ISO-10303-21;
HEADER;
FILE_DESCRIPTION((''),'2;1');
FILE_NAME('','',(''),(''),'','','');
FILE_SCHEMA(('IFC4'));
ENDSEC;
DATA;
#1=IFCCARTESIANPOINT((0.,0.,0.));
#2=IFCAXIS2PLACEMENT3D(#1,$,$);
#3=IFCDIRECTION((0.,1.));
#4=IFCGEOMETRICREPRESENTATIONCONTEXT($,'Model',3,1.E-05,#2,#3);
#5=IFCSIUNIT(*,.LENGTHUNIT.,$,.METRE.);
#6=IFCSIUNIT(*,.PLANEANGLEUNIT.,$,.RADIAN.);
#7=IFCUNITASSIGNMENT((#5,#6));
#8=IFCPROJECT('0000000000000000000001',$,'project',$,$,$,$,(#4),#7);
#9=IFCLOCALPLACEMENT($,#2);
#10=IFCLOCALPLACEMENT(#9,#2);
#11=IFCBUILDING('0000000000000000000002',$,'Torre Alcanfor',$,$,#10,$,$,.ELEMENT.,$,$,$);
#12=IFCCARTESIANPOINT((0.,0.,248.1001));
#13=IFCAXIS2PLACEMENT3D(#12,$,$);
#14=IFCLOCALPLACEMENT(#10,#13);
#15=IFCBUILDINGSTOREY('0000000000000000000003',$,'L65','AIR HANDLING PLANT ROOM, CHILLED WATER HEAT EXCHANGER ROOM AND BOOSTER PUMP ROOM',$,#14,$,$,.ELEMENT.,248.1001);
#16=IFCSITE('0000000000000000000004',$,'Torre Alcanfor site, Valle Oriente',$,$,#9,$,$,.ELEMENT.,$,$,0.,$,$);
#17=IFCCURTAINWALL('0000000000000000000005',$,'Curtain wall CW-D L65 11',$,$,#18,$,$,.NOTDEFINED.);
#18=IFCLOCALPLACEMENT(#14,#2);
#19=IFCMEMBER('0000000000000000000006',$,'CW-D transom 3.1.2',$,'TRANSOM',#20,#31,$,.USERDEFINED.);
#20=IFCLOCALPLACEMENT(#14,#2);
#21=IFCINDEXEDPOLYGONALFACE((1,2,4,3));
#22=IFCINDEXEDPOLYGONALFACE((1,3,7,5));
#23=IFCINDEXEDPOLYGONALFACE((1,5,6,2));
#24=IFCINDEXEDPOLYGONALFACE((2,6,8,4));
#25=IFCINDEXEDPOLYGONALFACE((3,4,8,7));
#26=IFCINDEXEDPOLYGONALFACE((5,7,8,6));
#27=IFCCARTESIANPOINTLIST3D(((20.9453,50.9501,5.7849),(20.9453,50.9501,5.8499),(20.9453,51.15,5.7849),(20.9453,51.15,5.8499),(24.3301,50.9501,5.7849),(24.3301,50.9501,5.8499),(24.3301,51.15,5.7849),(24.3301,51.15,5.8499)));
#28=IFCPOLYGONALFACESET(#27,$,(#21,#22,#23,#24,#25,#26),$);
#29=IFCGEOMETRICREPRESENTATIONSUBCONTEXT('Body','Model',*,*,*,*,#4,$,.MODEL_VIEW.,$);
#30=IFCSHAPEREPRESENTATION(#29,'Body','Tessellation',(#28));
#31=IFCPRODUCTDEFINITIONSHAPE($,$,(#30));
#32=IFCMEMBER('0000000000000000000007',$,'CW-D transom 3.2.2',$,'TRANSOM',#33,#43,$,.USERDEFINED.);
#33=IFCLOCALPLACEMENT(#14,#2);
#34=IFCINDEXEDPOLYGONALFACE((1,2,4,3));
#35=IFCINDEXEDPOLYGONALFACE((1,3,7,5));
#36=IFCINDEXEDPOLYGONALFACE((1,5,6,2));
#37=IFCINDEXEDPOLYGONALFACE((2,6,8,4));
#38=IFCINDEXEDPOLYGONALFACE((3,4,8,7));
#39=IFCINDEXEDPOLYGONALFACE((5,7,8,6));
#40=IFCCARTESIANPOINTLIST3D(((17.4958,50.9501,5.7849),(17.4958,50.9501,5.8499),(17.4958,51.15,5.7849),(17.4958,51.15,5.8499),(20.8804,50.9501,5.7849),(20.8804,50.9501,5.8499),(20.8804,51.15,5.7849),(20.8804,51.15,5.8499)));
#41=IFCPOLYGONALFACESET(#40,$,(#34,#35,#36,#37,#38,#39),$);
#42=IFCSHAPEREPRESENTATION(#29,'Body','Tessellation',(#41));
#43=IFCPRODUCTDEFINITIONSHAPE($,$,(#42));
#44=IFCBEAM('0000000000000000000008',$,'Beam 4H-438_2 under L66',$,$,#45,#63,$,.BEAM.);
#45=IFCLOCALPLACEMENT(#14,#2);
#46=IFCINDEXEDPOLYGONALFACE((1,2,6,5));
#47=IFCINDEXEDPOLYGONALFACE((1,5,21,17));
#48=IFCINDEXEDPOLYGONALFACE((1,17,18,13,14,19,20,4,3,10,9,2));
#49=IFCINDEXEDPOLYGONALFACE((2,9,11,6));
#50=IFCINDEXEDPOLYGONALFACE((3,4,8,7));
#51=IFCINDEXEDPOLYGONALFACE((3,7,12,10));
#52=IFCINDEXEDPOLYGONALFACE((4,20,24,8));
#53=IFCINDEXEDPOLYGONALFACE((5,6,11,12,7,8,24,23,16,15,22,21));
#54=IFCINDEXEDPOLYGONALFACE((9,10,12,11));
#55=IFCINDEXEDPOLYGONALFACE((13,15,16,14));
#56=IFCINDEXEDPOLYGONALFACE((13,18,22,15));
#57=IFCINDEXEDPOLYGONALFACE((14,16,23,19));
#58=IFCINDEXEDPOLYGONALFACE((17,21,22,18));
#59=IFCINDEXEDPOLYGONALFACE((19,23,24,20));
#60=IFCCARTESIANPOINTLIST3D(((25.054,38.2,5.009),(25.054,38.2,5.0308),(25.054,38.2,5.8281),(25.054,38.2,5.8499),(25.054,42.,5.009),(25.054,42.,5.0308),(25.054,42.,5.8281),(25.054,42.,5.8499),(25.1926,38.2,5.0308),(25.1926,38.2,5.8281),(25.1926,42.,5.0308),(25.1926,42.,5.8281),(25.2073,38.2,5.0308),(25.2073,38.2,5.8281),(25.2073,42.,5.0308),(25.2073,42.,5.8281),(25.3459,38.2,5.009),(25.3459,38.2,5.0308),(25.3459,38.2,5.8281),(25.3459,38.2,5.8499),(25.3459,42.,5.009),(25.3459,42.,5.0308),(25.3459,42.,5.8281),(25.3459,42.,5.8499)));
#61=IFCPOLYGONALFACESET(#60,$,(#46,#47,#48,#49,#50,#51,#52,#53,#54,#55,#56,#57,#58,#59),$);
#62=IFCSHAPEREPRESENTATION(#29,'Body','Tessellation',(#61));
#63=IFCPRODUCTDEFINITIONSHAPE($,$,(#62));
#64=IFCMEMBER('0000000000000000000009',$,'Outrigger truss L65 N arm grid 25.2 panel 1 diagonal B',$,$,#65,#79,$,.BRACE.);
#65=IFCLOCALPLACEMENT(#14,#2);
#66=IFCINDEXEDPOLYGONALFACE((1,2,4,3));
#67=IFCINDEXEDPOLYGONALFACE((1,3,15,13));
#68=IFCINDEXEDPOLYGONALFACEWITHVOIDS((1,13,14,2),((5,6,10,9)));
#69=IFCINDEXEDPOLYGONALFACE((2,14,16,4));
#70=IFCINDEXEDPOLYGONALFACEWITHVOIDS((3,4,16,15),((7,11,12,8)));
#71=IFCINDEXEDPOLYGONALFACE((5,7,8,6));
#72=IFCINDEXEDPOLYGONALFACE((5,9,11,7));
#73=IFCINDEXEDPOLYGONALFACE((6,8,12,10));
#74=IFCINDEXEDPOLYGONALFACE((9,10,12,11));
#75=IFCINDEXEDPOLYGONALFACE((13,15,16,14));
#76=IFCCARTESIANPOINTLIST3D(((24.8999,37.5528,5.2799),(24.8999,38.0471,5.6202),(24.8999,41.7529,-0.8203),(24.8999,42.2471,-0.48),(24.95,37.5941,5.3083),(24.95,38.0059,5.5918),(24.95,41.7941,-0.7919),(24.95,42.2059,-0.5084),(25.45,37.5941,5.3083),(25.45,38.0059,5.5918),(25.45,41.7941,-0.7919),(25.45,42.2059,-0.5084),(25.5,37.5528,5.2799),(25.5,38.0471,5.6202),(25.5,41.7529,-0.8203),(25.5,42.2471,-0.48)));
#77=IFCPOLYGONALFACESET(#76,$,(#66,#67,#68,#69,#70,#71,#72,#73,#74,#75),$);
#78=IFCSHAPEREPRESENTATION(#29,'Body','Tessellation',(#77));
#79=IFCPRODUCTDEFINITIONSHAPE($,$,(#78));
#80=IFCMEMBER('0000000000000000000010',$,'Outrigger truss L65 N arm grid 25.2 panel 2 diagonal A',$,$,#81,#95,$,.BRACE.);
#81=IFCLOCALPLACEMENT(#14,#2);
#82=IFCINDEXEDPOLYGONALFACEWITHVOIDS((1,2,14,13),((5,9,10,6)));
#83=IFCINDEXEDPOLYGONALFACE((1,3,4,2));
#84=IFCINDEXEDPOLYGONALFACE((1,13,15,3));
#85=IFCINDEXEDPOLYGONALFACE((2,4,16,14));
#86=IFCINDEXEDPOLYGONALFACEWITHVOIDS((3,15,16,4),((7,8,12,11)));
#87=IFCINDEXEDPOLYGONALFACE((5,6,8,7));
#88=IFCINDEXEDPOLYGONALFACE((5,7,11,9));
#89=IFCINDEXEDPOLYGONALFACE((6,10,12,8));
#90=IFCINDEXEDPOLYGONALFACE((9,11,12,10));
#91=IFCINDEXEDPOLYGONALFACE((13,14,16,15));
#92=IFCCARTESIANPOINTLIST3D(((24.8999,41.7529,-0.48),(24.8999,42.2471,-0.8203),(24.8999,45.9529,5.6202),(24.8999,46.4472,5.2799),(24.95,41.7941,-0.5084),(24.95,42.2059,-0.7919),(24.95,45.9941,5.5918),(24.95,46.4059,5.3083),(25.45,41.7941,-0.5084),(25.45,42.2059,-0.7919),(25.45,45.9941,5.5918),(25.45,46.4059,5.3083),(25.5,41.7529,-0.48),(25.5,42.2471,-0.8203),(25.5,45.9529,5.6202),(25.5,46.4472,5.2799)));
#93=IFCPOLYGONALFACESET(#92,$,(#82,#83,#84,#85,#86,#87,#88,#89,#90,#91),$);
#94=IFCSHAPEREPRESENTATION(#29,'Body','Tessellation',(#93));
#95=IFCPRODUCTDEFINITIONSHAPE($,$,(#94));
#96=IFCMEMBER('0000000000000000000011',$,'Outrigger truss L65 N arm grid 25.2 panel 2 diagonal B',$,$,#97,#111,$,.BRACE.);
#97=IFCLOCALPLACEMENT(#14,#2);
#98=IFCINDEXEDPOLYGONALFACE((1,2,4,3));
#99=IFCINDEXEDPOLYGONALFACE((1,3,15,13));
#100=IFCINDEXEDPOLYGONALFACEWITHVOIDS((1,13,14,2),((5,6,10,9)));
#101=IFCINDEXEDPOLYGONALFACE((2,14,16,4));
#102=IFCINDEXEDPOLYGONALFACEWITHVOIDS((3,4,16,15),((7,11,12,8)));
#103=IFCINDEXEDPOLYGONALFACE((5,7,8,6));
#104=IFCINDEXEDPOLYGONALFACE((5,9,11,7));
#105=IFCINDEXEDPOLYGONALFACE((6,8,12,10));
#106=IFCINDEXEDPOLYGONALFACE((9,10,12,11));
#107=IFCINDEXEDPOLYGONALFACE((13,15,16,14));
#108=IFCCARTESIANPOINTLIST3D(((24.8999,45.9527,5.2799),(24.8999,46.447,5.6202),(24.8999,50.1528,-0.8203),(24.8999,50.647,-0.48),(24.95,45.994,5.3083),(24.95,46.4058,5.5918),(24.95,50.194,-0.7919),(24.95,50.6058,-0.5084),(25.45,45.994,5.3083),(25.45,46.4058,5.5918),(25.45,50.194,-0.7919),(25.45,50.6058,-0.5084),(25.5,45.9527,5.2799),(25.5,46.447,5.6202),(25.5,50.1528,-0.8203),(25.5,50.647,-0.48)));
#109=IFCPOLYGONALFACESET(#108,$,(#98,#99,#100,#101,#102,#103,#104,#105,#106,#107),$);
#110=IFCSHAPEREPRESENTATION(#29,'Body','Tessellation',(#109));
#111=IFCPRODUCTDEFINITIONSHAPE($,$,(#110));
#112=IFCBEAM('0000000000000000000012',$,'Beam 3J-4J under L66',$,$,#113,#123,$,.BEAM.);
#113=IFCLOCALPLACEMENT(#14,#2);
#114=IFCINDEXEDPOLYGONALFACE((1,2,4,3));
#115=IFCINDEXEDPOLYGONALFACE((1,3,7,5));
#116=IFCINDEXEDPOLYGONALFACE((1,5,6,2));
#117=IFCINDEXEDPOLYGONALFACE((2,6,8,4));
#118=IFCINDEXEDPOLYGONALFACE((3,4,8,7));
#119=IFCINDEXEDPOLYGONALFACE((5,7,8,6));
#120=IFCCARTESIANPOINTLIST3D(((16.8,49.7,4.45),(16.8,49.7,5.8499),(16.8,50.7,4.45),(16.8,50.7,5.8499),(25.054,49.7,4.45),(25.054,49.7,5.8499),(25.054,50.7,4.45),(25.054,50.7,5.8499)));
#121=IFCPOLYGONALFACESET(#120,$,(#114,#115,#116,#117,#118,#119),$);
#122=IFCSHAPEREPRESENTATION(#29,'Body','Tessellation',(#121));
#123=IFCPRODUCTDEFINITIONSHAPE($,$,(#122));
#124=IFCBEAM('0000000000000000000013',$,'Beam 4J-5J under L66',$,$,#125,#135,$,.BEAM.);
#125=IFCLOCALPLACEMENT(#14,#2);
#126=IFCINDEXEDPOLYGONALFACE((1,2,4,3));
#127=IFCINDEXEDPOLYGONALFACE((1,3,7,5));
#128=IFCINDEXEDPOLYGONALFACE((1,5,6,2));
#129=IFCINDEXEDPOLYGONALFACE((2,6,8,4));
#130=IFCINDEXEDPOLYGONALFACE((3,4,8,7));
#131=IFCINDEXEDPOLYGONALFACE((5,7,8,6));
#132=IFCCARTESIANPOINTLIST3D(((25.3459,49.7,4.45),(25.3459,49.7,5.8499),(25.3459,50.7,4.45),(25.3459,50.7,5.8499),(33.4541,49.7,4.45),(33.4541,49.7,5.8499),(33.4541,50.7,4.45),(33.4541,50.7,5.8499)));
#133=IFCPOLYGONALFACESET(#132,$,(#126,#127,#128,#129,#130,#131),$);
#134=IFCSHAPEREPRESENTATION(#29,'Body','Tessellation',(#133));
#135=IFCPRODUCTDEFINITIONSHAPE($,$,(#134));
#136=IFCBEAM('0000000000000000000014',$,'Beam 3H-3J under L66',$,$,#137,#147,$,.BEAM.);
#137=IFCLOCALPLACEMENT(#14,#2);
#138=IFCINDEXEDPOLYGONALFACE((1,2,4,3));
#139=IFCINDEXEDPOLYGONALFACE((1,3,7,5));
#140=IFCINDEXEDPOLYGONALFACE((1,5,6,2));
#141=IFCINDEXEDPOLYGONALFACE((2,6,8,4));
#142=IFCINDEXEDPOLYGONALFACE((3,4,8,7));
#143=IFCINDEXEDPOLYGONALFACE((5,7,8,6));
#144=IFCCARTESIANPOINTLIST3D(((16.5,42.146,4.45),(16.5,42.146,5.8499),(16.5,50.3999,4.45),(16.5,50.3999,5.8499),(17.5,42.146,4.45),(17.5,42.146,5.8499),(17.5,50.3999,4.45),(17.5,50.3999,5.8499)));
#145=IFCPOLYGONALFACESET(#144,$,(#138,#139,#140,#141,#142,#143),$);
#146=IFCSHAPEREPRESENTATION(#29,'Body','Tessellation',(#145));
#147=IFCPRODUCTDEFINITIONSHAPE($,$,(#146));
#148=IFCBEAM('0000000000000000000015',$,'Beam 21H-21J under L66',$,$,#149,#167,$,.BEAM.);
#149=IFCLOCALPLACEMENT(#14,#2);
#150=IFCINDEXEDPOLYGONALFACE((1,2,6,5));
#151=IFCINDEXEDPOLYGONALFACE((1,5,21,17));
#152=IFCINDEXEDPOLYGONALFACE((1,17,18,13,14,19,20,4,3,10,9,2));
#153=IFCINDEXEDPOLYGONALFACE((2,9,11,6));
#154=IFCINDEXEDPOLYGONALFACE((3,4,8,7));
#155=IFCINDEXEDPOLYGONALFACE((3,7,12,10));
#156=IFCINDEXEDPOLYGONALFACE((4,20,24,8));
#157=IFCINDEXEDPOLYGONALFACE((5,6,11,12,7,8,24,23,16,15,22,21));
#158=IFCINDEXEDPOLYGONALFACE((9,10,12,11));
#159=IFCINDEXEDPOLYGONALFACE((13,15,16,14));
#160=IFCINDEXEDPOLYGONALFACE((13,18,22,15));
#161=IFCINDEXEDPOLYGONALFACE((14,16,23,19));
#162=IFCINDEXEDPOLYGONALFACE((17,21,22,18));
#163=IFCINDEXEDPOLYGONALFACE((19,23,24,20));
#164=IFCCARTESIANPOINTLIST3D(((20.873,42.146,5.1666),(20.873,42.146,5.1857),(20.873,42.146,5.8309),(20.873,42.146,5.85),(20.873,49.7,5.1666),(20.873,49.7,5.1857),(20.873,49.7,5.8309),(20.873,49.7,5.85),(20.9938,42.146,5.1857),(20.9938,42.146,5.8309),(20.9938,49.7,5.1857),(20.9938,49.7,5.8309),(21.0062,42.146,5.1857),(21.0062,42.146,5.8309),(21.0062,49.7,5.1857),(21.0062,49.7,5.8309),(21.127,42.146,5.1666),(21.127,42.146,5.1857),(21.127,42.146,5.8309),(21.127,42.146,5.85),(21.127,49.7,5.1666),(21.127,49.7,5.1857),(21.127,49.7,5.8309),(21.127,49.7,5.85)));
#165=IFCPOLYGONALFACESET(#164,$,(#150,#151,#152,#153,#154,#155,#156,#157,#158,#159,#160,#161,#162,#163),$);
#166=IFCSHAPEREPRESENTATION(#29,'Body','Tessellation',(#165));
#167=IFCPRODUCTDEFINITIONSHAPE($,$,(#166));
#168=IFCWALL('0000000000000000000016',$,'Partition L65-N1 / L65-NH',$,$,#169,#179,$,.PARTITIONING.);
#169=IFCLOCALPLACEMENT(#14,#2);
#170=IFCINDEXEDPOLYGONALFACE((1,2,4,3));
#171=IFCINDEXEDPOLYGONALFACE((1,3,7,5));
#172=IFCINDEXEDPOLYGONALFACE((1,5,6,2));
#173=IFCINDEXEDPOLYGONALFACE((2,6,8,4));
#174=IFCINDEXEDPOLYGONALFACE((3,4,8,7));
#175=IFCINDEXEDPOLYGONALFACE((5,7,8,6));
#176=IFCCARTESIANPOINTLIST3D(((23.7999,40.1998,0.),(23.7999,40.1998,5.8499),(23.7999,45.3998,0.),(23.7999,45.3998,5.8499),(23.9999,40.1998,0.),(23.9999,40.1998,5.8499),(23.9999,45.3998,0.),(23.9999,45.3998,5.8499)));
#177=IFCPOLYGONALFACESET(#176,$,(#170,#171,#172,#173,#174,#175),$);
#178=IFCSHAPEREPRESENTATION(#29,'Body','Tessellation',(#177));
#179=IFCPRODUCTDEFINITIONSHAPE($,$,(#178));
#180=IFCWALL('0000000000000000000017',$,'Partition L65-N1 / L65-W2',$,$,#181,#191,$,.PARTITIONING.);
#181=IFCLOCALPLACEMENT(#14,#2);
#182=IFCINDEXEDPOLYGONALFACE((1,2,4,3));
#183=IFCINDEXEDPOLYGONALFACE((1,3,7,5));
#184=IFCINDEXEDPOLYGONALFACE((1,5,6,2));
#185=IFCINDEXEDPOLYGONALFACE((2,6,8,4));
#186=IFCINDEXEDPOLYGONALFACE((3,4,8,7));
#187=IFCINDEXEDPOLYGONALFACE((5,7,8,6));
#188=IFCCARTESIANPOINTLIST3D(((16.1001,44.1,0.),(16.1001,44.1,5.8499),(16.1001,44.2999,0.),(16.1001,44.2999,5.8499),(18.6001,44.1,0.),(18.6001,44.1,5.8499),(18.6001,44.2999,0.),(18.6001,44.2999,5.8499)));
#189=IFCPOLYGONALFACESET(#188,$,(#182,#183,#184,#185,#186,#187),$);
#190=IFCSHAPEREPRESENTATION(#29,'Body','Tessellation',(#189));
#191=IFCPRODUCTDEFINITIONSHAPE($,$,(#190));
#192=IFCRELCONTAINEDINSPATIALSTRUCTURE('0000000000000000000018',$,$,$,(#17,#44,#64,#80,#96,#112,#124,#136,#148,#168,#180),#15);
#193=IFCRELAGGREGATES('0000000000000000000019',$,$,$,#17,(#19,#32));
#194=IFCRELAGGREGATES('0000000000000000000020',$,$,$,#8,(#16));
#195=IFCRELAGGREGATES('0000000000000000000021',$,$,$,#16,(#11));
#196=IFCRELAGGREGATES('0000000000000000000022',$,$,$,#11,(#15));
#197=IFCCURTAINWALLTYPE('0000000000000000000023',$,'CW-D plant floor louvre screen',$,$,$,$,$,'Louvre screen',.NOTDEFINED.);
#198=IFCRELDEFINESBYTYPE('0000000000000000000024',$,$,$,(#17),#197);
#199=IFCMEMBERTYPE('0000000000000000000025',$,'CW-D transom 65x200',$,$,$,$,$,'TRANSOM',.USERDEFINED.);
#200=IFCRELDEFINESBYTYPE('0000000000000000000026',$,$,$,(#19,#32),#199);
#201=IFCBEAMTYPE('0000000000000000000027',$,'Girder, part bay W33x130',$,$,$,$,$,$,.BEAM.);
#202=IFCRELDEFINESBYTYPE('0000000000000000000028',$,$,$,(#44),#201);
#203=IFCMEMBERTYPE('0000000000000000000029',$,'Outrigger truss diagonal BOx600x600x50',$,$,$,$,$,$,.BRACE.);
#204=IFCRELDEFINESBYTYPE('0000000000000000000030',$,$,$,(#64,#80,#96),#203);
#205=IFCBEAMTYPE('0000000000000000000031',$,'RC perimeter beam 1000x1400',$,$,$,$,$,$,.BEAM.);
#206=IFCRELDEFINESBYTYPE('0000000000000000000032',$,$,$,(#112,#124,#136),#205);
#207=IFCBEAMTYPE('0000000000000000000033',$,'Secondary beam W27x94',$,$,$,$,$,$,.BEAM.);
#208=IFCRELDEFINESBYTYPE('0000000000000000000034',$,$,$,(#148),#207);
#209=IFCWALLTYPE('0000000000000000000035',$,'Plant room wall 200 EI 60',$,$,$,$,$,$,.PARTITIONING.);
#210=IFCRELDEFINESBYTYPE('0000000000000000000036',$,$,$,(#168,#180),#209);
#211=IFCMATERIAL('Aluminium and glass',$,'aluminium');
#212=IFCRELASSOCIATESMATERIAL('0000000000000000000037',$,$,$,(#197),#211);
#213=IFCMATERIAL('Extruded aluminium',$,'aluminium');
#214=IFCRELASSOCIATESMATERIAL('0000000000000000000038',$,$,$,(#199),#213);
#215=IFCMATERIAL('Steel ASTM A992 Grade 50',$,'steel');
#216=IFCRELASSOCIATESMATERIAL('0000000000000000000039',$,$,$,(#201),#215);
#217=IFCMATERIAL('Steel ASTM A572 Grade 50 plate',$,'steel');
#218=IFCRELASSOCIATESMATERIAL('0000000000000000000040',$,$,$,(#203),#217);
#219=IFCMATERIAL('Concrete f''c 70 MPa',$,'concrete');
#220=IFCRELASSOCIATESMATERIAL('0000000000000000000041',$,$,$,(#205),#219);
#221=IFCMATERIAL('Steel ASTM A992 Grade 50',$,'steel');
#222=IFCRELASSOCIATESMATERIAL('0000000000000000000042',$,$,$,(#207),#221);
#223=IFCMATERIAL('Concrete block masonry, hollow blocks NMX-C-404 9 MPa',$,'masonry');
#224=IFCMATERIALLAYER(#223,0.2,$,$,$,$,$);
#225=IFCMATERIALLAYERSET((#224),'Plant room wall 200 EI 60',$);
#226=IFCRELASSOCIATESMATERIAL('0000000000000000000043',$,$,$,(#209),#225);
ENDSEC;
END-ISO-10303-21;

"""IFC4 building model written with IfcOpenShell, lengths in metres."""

from ifc_helpers import new_model, si_unit, direction, frame, frame_2d, origin, origin_2d, place, context, subcontext, project, spatial, rectangle, hollow_rectangle, i_section, extrude, material, layer, layer_set, material_profile, profile_set, type_object, element, aggregate, save


model = new_model("IFC4")

# Units and contexts
model_context = context("Model", 3, precision=1e-05, world=origin(), true_north=direction((0.0, 1.0)))
body_context = subcontext(model_context, "Body", "Model", "MODEL_VIEW")
ifc_project = project(units=[si_unit("LENGTHUNIT", "METRE"), si_unit("PLANEANGLEUNIT", "RADIAN")], contexts=[model_context])

# Site, building, storey
site_placement = place(None, origin())
site = spatial("IfcSite", under=ifc_project, at=site_placement, Name="Torre Alcanfor site, Valle Oriente", CompositionType="ELEMENT", RefElevation=0.0)
building_placement = place(site_placement, origin())
building = spatial("IfcBuilding", under=site, at=building_placement, Name="Torre Alcanfor", CompositionType="ELEMENT")
storey_placement = place(building_placement, frame((0.0, 0.0, 248.1001)))
storey = spatial("IfcBuildingStorey", under=building, at=storey_placement, Name="L65", Description="AIR HANDLING PLANT ROOM, CHILLED WATER HEAT EXCHANGER ROOM AND BOOSTER PUMP ROOM", CompositionType="ELEMENT", Elevation=248.1001)

# Curtain wall, members
ifc_material_1 = material(Name="Aluminium and glass", Category="aluminium")
curtain_wall_type = type_object("IfcCurtainWallType", Name="CW-D plant floor louvre screen", ElementType="Louvre screen", PredefinedType="NOTDEFINED", material=ifc_material_1)
curtain_wall_placement = place(storey_placement, origin())
curtain_wall = element("IfcCurtainWall", 1, at=curtain_wall_placement, inside=storey, type_object=curtain_wall_type, Name="Curtain wall CW-D L65 11", PredefinedType="NOTDEFINED")
ifc_material_2 = material(Name="Extruded aluminium", Category="aluminium")
ifc_material_profile_1 = material_profile(ifc_material_2, rectangle(XDim=0.2, YDim=0.0649, at=origin_2d()), Name="CW-D transom 200x65")
ifc_profile_set_1 = profile_set([ifc_material_profile_1], Name="Extruded aluminium")
member_type_1 = type_object("IfcMemberType", Name="CW-D transom 65x200", ElementType="TRANSOM", PredefinedType="USERDEFINED", material=ifc_profile_set_1)
member_1_placement = place(storey_placement, frame((24.3301, 51.05, 5.8174), z_axis=(-1.0, 0.0, 0.0), x_axis=(0.0, -1.0, 0.0)))
member_1 = element("IfcMember", 2, at=member_1_placement, type_object=member_type_1, Name="CW-D transom 3.1.2", ObjectType="TRANSOM", PredefinedType="USERDEFINED", context=body_context, shape_type="SweptSolid", body=[
    extrude(rectangle(XDim=0.2, YDim=0.0649, at=origin_2d()), origin(), (0.0, 0.0, 1.0), 3.3848),
])
member_2_placement = place(storey_placement, frame((20.8804, 51.05, 5.8174), z_axis=(-1.0, 0.0, 0.0), x_axis=(0.0, -1.0, 0.0)))
member_2 = element("IfcMember", 3, at=member_2_placement, type_object=member_type_1, Name="CW-D transom 3.2.2", ObjectType="TRANSOM", PredefinedType="USERDEFINED", context=body_context, shape_type="SweptSolid", body=[
    extrude(rectangle(XDim=0.2, YDim=0.0649, at=origin_2d()), origin(), (0.0, 0.0, 1.0), 3.3845),
])

# Beam
ifc_material_3 = material(Name="Steel ASTM A992 Grade 50", Category="steel")
ifc_material_profile_2 = material_profile(ifc_material_3, i_section(OverallWidth=0.292, OverallDepth=0.8408, WebThickness=0.0146, FlangeThickness=0.0217, at=origin_2d()), Name="W33x130")
ifc_profile_set_2 = profile_set([ifc_material_profile_2], Name="Steel ASTM A992 Grade 50")
beam_type_1 = type_object("IfcBeamType", Name="Girder, part bay W33x130", PredefinedType="BEAM", material=ifc_profile_set_2)
beam_1_placement = place(storey_placement, frame((25.2, 42.0, 5.4294), z_axis=(0.0, -1.0, 0.0), x_axis=(1.0, 0.0, 0.0)))
element("IfcBeam", 4, at=beam_1_placement, inside=storey, type_object=beam_type_1, Name="Beam 4H-438_2 under L66", PredefinedType="BEAM", context=body_context, shape_type="SweptSolid", body=[
    extrude(i_section(OverallWidth=0.292, OverallDepth=0.8408, WebThickness=0.0146, FlangeThickness=0.0217, at=origin_2d()), origin(), (0.0, 0.0, 1.0), 3.8),
])

# Members
ifc_material_4 = material(Name="Steel ASTM A572 Grade 50 plate", Category="steel")
ifc_material_profile_3 = material_profile(ifc_material_4, hollow_rectangle(XDim=0.6001, YDim=0.6001, WallThickness=0.05, at=origin_2d()), Name="BOX 600x600x50")
ifc_profile_set_3 = profile_set([ifc_material_profile_3], Name="Steel ASTM A572 Grade 50 plate")
member_type_2 = type_object("IfcMemberType", Name="Outrigger truss diagonal BOx600x600x50", PredefinedType="BRACE", material=ifc_profile_set_3)
for number, where, z_axis, x_axis, name in (
    (5, (25.2, 42.0, -0.6501), (0.0, -0.567091, 0.823655), (1.0, 0.0, 0.0), "Outrigger truss L65 N arm grid 25.2 panel 1 diagonal B"),
    (6, (25.2, 42.0, -0.6501), (0.0, 0.567091, 0.823655), (-1.0, 0.0, 0.0), "Outrigger truss L65 N arm grid 25.2 panel 2 diagonal A"),
    (7, (25.2, 50.3999, -0.6501), (0.0, -0.567091, 0.823655), (1.0, 0.0, 0.0), "Outrigger truss L65 N arm grid 25.2 panel 2 diagonal B"),
):
    element("IfcMember", number, at=place(storey_placement, frame(where, z_axis=z_axis, x_axis=x_axis)), inside=storey, type_object=member_type_2, Name=name, PredefinedType="BRACE", context=body_context, shape_type="SweptSolid", body=[
        extrude(hollow_rectangle(XDim=0.6001, YDim=0.6001, WallThickness=0.05, at=origin_2d()), origin(), (0.0, 0.0, 1.0), 7.4062),
    ])

# Beams
ifc_material_5 = material(Name="Concrete f'c 70 MPa", Category="concrete")
ifc_material_profile_4 = material_profile(ifc_material_5, rectangle(XDim=1.0, YDim=1.3999, at=origin_2d()), Name="1000x1400")
ifc_profile_set_4 = profile_set([ifc_material_profile_4], Name="Concrete f'c 70 MPa")
beam_type_2 = type_object("IfcBeamType", Name="RC perimeter beam 1000x1400", PredefinedType="BEAM", material=ifc_profile_set_4)
beam_2_placement = place(storey_placement, frame((16.8, 50.2, 5.1499), z_axis=(1.0, 0.0, 0.0), x_axis=(0.0, 1.0, 0.0)))
element("IfcBeam", 8, at=beam_2_placement, inside=storey, type_object=beam_type_2, Name="Beam 3J-4J under L66", PredefinedType="BEAM", context=body_context, shape_type="SweptSolid", body=[
    extrude(rectangle(XDim=1.0, YDim=1.3999, at=origin_2d()), origin(), (0.0, 0.0, 1.0), 8.2539),
])
beam_3_placement = place(storey_placement, frame((25.3459, 50.2, 5.1499), z_axis=(1.0, 0.0, 0.0), x_axis=(0.0, 1.0, 0.0)))
element("IfcBeam", 9, at=beam_3_placement, inside=storey, type_object=beam_type_2, Name="Beam 4J-5J under L66", PredefinedType="BEAM", context=body_context, shape_type="SweptSolid", body=[
    extrude(rectangle(XDim=1.0, YDim=1.3999, at=origin_2d()), origin(), (0.0, 0.0, 1.0), 8.1082),
])
beam_4_placement = place(storey_placement, frame((17.0, 42.146, 5.1499), z_axis=(0.0, 1.0, 0.0), x_axis=(-1.0, 0.0, 0.0)))
element("IfcBeam", 10, at=beam_4_placement, inside=storey, type_object=beam_type_2, Name="Beam 3H-3J under L66", PredefinedType="BEAM", context=body_context, shape_type="SweptSolid", body=[
    extrude(rectangle(XDim=1.0, YDim=1.3999, at=origin_2d()), origin(), (0.0, 0.0, 1.0), 8.2539),
])
ifc_material_6 = material(Name="Steel ASTM A992 Grade 50", Category="steel")
ifc_material_profile_5 = material_profile(ifc_material_6, i_section(OverallWidth=0.2539, OverallDepth=0.6833, WebThickness=0.0125, FlangeThickness=0.019, at=origin_2d()), Name="W27x94")
ifc_profile_set_5 = profile_set([ifc_material_profile_5], Name="Steel ASTM A992 Grade 50")
beam_type_3 = type_object("IfcBeamType", Name="Secondary beam W27x94", PredefinedType="BEAM", material=ifc_profile_set_5)
beam_5_placement = place(storey_placement, frame((21.0, 42.146, 5.5083), z_axis=(0.0, 1.0, 0.0), x_axis=(-1.0, 0.0, 0.0)))
element("IfcBeam", 11, at=beam_5_placement, inside=storey, type_object=beam_type_3, Name="Beam 21H-21J under L66", PredefinedType="BEAM", context=body_context, shape_type="SweptSolid", body=[
    extrude(i_section(OverallWidth=0.2539, OverallDepth=0.6833, WebThickness=0.0125, FlangeThickness=0.019, at=origin_2d()), origin(), (0.0, 0.0, 1.0), 7.554),
])

# Walls
ifc_material_7 = material(Name="Concrete block masonry, hollow blocks NMX-C-404 9 MPa", Category="masonry")
ifc_layer_1 = layer(ifc_material_7, 0.2)
ifc_layer_set_1 = layer_set([ifc_layer_1], Name="Plant room wall 200 EI 60")
wall_type_1 = type_object("IfcWallType", Name="Plant room wall 200 EI 60", PredefinedType="PARTITIONING", material=ifc_layer_set_1)
wall_1_placement = place(storey_placement, frame((23.8999, 45.3999, 0.0), z_axis=(0.0, 0.0, 1.0), x_axis=(0.0, -1.0, 0.0)))
element("IfcWall", 12, at=wall_1_placement, inside=storey, type_object=wall_type_1, Name="Partition L65-N1 / L65-NH", PredefinedType="PARTITIONING", context=body_context, shape_type="SweptSolid", body=[
    extrude(rectangle(XDim=5.2, YDim=0.2, at=frame_2d((2.6001, 0.0))), origin(), (0.0, 0.0, 1.0), 5.8499),
])
wall_2_placement = place(storey_placement, frame((18.6001, 44.2, 0.0), z_axis=(0.0, 0.0, 1.0), x_axis=(-1.0, 0.0, 0.0)))
element("IfcWall", 13, at=wall_2_placement, inside=storey, type_object=wall_type_1, Name="Partition L65-N1 / L65-W2", PredefinedType="PARTITIONING", context=body_context, shape_type="SweptSolid", body=[
    extrude(rectangle(XDim=2.5, YDim=0.2, at=frame_2d((1.25, 0.0))), origin(), (0.0, 0.0, 1.0), 5.8499),
])

aggregate(curtain_wall, [member_1, member_2])

save(model, "model.ifc")
